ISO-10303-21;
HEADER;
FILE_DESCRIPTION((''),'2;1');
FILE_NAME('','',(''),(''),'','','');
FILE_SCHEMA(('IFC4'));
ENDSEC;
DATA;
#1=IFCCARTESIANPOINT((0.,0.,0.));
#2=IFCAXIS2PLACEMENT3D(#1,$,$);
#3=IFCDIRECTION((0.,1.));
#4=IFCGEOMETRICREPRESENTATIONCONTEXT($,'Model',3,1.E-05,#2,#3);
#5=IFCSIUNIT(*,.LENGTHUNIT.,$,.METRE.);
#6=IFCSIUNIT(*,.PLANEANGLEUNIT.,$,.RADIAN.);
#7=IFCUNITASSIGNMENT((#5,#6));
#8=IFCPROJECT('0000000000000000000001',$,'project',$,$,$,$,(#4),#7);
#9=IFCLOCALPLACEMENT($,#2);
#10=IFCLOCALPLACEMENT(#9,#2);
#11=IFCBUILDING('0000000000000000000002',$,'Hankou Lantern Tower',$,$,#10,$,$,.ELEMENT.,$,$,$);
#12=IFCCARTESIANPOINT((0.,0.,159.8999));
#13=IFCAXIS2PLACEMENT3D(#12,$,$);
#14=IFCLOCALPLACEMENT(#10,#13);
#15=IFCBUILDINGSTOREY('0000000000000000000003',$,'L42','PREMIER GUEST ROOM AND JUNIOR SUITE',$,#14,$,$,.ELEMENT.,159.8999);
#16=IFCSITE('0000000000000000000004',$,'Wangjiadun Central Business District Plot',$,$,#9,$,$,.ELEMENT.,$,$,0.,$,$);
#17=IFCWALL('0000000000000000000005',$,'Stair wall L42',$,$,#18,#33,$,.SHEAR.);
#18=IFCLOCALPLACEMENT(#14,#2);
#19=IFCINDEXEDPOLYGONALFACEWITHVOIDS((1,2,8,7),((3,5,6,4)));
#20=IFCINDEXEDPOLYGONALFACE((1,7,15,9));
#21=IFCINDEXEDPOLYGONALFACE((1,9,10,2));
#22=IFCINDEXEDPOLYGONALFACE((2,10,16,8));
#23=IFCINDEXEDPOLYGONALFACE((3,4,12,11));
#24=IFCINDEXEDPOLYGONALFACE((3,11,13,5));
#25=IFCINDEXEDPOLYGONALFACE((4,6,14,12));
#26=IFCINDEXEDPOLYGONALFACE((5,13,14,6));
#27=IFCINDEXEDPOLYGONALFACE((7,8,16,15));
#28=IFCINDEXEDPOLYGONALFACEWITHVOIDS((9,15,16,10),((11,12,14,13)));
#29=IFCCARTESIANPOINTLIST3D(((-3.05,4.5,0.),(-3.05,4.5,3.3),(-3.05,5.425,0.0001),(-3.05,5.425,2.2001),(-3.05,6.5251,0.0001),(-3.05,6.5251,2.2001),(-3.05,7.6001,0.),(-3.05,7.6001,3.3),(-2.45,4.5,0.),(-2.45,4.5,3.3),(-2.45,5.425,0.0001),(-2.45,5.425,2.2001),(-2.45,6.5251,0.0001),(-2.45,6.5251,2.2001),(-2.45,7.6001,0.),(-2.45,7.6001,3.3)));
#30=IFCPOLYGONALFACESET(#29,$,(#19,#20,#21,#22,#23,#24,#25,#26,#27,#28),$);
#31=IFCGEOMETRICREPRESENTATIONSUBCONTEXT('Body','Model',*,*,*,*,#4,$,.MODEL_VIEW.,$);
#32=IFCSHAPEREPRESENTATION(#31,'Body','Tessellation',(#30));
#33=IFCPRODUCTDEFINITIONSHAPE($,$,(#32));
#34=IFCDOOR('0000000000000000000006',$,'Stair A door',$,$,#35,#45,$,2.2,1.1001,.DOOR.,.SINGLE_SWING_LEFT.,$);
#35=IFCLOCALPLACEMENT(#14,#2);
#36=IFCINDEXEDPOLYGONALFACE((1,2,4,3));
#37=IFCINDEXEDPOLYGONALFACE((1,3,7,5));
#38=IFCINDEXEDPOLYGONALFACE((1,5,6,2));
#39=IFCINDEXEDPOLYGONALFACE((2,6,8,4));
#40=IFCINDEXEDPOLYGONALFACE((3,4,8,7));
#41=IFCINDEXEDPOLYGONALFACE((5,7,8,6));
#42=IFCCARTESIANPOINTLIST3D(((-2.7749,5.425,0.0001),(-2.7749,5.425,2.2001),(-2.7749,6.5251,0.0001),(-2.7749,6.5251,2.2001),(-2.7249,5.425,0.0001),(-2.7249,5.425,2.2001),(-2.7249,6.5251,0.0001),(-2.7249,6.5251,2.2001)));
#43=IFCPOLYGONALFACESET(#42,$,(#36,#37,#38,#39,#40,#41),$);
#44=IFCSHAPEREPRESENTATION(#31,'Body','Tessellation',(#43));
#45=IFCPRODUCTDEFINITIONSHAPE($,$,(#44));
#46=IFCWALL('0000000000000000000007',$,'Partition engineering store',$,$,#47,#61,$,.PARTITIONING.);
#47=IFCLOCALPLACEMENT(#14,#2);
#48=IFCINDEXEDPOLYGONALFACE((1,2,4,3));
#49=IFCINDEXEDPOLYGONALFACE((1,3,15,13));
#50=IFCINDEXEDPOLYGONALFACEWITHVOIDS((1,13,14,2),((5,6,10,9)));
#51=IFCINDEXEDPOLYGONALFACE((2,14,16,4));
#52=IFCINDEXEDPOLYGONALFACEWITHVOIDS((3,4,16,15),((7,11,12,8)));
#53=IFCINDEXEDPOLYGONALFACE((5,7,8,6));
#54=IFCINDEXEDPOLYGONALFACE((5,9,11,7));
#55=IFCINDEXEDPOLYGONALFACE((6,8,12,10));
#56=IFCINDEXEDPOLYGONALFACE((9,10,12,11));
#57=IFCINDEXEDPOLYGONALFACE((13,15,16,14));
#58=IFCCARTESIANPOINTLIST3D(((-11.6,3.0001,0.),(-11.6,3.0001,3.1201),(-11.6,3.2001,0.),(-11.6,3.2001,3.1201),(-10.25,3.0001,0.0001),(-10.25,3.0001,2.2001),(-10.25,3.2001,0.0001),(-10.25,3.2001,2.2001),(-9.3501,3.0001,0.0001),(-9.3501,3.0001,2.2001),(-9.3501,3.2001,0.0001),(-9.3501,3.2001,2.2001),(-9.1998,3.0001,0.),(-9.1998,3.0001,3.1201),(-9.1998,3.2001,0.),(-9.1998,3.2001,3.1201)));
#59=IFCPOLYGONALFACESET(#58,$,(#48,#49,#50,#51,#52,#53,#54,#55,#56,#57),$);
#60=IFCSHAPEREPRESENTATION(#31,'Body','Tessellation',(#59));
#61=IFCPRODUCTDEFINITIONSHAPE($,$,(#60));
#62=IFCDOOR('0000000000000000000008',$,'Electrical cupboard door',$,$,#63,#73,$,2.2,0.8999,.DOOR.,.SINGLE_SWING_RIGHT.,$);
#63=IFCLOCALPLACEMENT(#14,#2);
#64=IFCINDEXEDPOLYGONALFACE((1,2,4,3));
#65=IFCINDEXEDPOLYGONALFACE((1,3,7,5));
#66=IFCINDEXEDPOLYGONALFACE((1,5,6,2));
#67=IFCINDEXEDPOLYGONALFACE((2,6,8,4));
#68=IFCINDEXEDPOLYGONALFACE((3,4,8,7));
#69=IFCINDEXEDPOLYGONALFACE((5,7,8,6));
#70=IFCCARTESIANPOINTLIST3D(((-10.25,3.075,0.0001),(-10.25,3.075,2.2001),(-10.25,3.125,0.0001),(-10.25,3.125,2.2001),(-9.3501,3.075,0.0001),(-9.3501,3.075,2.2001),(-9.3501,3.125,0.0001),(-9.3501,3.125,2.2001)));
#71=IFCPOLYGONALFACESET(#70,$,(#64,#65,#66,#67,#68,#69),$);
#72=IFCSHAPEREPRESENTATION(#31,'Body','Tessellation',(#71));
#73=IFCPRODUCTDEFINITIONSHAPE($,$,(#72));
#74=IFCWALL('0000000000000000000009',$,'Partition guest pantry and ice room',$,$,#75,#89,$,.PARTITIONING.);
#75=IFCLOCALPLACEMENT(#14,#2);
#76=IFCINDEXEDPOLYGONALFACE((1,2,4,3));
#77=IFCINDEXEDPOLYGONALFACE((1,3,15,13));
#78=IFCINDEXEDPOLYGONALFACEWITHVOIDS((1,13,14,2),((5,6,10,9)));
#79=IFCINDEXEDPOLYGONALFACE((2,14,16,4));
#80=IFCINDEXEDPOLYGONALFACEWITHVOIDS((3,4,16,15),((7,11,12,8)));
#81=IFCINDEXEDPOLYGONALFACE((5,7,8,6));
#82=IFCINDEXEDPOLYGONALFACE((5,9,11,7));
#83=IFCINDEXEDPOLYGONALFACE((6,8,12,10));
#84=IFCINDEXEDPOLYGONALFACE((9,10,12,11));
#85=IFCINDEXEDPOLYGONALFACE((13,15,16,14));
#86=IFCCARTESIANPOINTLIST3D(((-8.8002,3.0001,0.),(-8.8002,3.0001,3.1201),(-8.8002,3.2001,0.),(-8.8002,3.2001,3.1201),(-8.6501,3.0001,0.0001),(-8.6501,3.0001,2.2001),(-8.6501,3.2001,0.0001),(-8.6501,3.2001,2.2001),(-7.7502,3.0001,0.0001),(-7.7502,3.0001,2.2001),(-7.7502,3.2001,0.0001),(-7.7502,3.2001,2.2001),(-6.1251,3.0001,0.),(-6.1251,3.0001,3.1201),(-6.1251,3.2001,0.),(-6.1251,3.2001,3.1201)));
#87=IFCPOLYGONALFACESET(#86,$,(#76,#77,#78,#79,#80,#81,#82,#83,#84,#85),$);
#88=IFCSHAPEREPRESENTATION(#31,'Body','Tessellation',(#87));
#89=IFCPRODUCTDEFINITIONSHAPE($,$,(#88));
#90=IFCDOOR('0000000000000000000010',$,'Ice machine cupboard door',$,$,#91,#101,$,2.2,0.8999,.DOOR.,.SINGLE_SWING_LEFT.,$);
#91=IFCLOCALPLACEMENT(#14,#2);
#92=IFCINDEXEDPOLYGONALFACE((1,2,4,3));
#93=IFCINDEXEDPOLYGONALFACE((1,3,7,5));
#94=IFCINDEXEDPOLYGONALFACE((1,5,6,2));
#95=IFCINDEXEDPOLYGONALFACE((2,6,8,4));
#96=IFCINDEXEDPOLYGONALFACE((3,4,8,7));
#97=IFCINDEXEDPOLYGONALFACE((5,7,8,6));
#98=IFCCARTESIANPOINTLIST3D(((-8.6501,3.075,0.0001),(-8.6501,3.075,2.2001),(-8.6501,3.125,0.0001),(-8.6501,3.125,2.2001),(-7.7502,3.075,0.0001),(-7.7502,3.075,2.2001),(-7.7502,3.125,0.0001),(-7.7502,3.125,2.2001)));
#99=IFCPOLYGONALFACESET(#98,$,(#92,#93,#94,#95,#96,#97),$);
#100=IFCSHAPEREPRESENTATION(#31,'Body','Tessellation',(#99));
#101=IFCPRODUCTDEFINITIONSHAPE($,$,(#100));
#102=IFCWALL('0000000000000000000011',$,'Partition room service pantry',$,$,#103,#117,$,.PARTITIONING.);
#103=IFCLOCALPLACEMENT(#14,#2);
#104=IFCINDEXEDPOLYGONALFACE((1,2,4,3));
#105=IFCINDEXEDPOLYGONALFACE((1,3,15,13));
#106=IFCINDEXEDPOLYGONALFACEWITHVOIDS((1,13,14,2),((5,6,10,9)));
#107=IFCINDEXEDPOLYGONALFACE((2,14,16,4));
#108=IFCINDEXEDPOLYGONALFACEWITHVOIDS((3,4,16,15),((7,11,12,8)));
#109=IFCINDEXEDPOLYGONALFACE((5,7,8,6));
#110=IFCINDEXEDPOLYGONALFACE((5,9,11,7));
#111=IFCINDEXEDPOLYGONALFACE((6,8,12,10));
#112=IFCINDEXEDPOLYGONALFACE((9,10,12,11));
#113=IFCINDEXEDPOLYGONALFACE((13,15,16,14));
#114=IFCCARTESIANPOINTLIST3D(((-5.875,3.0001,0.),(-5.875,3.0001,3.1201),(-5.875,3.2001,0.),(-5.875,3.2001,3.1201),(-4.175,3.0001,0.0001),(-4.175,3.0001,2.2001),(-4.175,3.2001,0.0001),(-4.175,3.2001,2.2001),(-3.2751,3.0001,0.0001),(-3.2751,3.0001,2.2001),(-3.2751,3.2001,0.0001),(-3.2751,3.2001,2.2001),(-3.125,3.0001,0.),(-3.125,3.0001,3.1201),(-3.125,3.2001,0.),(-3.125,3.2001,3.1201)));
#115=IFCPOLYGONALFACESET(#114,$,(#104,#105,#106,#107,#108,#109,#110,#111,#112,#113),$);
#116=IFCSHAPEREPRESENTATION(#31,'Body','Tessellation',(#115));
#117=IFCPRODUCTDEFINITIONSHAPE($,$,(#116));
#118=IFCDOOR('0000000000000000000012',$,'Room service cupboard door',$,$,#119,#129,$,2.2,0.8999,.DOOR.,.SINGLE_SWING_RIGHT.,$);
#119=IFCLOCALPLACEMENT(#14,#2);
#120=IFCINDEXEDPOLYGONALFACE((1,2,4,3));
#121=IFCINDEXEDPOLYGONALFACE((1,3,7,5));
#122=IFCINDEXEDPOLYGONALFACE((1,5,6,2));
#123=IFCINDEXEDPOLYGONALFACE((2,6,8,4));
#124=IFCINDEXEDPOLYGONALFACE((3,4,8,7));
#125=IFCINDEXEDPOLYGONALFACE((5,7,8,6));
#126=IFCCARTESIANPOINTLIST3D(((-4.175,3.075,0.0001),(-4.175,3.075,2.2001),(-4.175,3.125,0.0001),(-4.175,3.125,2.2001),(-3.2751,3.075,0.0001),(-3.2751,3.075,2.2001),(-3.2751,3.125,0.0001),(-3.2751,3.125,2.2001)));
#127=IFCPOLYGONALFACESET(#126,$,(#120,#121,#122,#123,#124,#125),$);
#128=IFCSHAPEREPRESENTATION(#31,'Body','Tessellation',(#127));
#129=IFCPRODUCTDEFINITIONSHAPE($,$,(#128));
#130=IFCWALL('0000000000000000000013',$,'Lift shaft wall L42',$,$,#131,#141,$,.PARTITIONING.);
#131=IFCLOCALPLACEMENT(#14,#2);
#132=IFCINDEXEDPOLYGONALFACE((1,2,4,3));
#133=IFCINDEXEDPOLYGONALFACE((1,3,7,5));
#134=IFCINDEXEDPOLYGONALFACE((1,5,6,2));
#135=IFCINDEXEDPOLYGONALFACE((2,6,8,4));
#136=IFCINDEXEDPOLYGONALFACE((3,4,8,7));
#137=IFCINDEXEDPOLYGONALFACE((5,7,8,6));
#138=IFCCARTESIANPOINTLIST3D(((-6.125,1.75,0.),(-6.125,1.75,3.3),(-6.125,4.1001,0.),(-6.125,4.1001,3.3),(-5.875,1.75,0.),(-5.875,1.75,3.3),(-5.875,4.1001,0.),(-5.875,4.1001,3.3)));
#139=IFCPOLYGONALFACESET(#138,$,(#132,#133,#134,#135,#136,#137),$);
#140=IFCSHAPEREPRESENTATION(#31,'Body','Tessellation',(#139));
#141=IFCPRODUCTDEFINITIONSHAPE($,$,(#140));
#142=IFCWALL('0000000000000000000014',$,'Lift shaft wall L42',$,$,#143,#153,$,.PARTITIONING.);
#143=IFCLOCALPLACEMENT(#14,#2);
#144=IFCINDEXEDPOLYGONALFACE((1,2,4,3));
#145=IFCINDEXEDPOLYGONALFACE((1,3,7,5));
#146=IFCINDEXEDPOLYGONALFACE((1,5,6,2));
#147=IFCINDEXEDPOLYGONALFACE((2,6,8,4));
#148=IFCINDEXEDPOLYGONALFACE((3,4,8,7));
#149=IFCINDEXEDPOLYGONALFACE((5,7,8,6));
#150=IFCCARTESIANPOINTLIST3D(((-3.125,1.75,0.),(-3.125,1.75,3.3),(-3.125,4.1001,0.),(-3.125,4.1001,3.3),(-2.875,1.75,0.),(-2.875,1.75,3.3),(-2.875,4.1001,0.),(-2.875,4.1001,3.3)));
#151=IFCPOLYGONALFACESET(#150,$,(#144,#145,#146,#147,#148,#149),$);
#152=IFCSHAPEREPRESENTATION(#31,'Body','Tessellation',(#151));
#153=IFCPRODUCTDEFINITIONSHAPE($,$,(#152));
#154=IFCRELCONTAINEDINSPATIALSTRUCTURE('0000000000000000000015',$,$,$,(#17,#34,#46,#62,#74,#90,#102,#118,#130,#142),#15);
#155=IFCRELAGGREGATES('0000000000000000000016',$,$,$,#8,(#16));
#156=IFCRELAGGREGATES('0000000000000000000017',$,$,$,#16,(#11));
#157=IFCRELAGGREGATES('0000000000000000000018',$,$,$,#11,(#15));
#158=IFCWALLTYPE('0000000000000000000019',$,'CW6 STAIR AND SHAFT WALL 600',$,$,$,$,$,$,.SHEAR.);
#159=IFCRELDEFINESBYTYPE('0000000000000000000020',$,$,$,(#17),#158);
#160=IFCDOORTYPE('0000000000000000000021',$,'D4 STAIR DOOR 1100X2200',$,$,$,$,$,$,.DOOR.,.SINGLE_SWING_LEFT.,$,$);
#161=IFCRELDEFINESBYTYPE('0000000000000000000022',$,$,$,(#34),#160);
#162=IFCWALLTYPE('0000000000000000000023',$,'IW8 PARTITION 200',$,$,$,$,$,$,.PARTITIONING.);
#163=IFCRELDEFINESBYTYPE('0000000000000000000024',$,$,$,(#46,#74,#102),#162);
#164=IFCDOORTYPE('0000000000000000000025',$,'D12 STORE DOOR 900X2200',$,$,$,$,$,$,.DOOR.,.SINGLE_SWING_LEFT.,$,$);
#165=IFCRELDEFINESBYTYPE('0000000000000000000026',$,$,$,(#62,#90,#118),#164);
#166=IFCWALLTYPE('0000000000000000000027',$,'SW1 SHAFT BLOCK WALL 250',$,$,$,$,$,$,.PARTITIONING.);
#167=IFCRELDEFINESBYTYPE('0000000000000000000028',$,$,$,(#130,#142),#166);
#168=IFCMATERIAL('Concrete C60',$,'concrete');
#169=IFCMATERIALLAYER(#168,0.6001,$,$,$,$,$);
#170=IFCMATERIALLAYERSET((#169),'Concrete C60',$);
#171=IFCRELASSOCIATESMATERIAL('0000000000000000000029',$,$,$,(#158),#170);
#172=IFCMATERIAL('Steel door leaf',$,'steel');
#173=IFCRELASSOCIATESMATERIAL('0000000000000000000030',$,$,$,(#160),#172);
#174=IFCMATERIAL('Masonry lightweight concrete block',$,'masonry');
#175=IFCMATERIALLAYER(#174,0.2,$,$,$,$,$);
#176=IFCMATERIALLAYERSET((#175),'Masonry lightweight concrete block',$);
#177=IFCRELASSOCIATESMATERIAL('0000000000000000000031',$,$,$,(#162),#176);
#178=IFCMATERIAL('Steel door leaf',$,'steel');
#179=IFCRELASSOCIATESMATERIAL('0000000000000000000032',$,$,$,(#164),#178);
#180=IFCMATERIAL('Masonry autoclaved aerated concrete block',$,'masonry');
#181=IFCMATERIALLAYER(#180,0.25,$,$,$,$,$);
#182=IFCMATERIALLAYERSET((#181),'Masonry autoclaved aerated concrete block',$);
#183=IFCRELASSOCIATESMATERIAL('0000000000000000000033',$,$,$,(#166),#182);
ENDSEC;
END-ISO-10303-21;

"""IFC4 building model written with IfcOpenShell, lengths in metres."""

from ifc_helpers import new_model, si_unit, direction, frame, frame_2d, origin, place, context, subcontext, project, spatial, rectangle, extrude, material, layer, layer_set, type_object, element, fill, save


model = new_model("IFC4")

# Units and contexts
model_context = context("Model", 3, precision=1e-05, world=origin(), true_north=direction((0.0, 1.0)))
body_context = subcontext(model_context, "Body", "Model", "MODEL_VIEW")
ifc_project = project(units=[si_unit("LENGTHUNIT", "METRE"), si_unit("PLANEANGLEUNIT", "RADIAN")], contexts=[model_context])

# Site, building, storey
site_placement = place(None, origin())
site = spatial("IfcSite", under=ifc_project, at=site_placement, Name="Wangjiadun Central Business District Plot", CompositionType="ELEMENT", RefElevation=0.0)
building_placement = place(site_placement, origin())
building = spatial("IfcBuilding", under=site, at=building_placement, Name="Hankou Lantern Tower", CompositionType="ELEMENT")
storey_placement = place(building_placement, frame((0.0, 0.0, 159.8999)))
storey = spatial("IfcBuildingStorey", under=building, at=storey_placement, Name="L42", Description="PREMIER GUEST ROOM AND JUNIOR SUITE", CompositionType="ELEMENT", Elevation=159.8999)

# Walls, openings, doors
ifc_material_1 = material(Name="Concrete C60", Category="concrete")
ifc_layer_1 = layer(ifc_material_1, 0.6001)
ifc_layer_set_1 = layer_set([ifc_layer_1], Name="Concrete C60")
wall_type_1 = type_object("IfcWallType", Name="CW6 STAIR AND SHAFT WALL 600", PredefinedType="SHEAR", material=ifc_layer_set_1)
wall_1_placement = place(storey_placement, frame((-2.75, 4.5, 0.0), z_axis=(0.0, 0.0, 1.0), x_axis=(0.0, 1.0, 0.0)))
wall_1 = element("IfcWall", 1, at=wall_1_placement, inside=storey, type_object=wall_type_1, Name="Stair wall L42", PredefinedType="SHEAR", context=body_context, shape_type="SweptSolid", body=[
    extrude(rectangle(XDim=3.1001, YDim=0.6001, at=frame_2d((1.55, 0.0))), origin(), (0.0, 0.0, 1.0), 3.3),
])
opening_1_placement = place(wall_1_placement, frame((0.925, 0.0, 0.0)))
opening_1 = element("IfcOpeningElement", 2, at=opening_1_placement, cuts=wall_1, PredefinedType="OPENING", context=body_context, shape_type="SweptSolid", body=[
    extrude(rectangle(XDim=1.1001, YDim=2.2, at=frame_2d((0.55, 1.1001))), frame((0.0, 0.3101, 0.0), z_axis=(0.0, -1.0, 0.0), x_axis=(1.0, 0.0, 0.0)), (0.0, 0.0, 1.0), 0.6201),
])
ifc_material_2 = material(Name="Steel door leaf", Category="steel")
door_type_1 = type_object("IfcDoorType", Name="D4 STAIR DOOR 1100X2200", OperationType="SINGLE_SWING_LEFT", PredefinedType="DOOR", material=ifc_material_2)
door_1_placement = place(opening_1_placement, origin())
door_1 = element("IfcDoor", 3, at=door_1_placement, inside=storey, type_object=door_type_1, Name="Stair A door", OperationType="SINGLE_SWING_LEFT", OverallHeight=2.2, OverallWidth=1.1001, PredefinedType="DOOR", context=body_context, shape_type="SweptSolid", body=[
    extrude(rectangle(XDim=1.1001, YDim=2.2, at=frame_2d((0.55, 1.1001))), frame((0.0, 0.0249, 0.0), z_axis=(0.0, -1.0, 0.0), x_axis=(1.0, 0.0, 0.0)), (0.0, 0.0, 1.0), 0.05),
])
fill(opening_1, door_1)
ifc_material_3 = material(Name="Masonry lightweight concrete block", Category="masonry")
ifc_layer_2 = layer(ifc_material_3, 0.2)
ifc_layer_set_2 = layer_set([ifc_layer_2], Name="Masonry lightweight concrete block")
wall_type_2 = type_object("IfcWallType", Name="IW8 PARTITION 200", PredefinedType="PARTITIONING", material=ifc_layer_set_2)
wall_2_placement = place(storey_placement, frame((-11.6001, 3.1001, 0.0), z_axis=(0.0, 0.0, 1.0), x_axis=(1.0, 0.0, 0.0)))
wall_2 = element("IfcWall", 4, at=wall_2_placement, inside=storey, type_object=wall_type_2, Name="Partition engineering store", PredefinedType="PARTITIONING", context=body_context, shape_type="SweptSolid", body=[
    extrude(rectangle(XDim=2.4001, YDim=0.2, at=frame_2d((1.2002, 0.0))), origin(), (0.0, 0.0, 1.0), 3.1201),
])
opening_2_placement = place(wall_2_placement, frame((1.3501, 0.0, 0.0)))
opening_2 = element("IfcOpeningElement", 5, at=opening_2_placement, cuts=wall_2, PredefinedType="OPENING", context=body_context, shape_type="SweptSolid", body=[
    extrude(rectangle(XDim=0.8999, YDim=2.2, at=frame_2d((0.45, 1.1001))), frame((0.0, 0.1099, 0.0), z_axis=(0.0, -1.0, 0.0), x_axis=(1.0, 0.0, 0.0)), (0.0, 0.0, 1.0), 0.22),
])
ifc_material_4 = material(Name="Steel door leaf", Category="steel")
door_type_2 = type_object("IfcDoorType", Name="D12 STORE DOOR 900X2200", OperationType="SINGLE_SWING_LEFT", PredefinedType="DOOR", material=ifc_material_4)
door_2_placement = place(opening_2_placement, origin())
door_2 = element("IfcDoor", 6, at=door_2_placement, inside=storey, type_object=door_type_2, Name="Electrical cupboard door", OperationType="SINGLE_SWING_RIGHT", OverallHeight=2.2, OverallWidth=0.8999, PredefinedType="DOOR", context=body_context, shape_type="SweptSolid", body=[
    extrude(rectangle(XDim=0.8999, YDim=2.2, at=frame_2d((0.45, 1.1001))), frame((0.0, 0.0249, 0.0), z_axis=(0.0, -1.0, 0.0), x_axis=(1.0, 0.0, 0.0)), (0.0, 0.0, 1.0), 0.05),
])
fill(opening_2, door_2)
wall_3_placement = place(storey_placement, frame((-8.8, 3.1001, 0.0), z_axis=(0.0, 0.0, 1.0), x_axis=(1.0, 0.0, 0.0)))
wall_3 = element("IfcWall", 7, at=wall_3_placement, inside=storey, type_object=wall_type_2, Name="Partition guest pantry and ice room", PredefinedType="PARTITIONING", context=body_context, shape_type="SweptSolid", body=[
    extrude(rectangle(XDim=2.675, YDim=0.2, at=frame_2d((1.3374, 0.0))), origin(), (0.0, 0.0, 1.0), 3.1201),
])
opening_3_placement = place(wall_3_placement, frame((0.1499, 0.0, 0.0)))
opening_3 = element("IfcOpeningElement", 8, at=opening_3_placement, cuts=wall_3, PredefinedType="OPENING", context=body_context, shape_type="SweptSolid", body=[
    extrude(rectangle(XDim=0.8999, YDim=2.2, at=frame_2d((0.45, 1.1001))), frame((0.0, 0.1099, 0.0), z_axis=(0.0, -1.0, 0.0), x_axis=(1.0, 0.0, 0.0)), (0.0, 0.0, 1.0), 0.22),
])
door_3_placement = place(opening_3_placement, origin())
door_3 = element("IfcDoor", 9, at=door_3_placement, inside=storey, type_object=door_type_2, Name="Ice machine cupboard door", OperationType="SINGLE_SWING_LEFT", OverallHeight=2.2, OverallWidth=0.8999, PredefinedType="DOOR", context=body_context, shape_type="SweptSolid", body=[
    extrude(rectangle(XDim=0.8999, YDim=2.2, at=frame_2d((0.45, 1.1001))), frame((0.0, 0.0249, 0.0), z_axis=(0.0, -1.0, 0.0), x_axis=(1.0, 0.0, 0.0)), (0.0, 0.0, 1.0), 0.05),
])
fill(opening_3, door_3)
wall_4_placement = place(storey_placement, frame((-5.875, 3.1001, 0.0), z_axis=(0.0, 0.0, 1.0), x_axis=(1.0, 0.0, 0.0)))
wall_4 = element("IfcWall", 10, at=wall_4_placement, inside=storey, type_object=wall_type_2, Name="Partition room service pantry", PredefinedType="PARTITIONING", context=body_context, shape_type="SweptSolid", body=[
    extrude(rectangle(XDim=2.75, YDim=0.2, at=frame_2d((1.375, 0.0))), origin(), (0.0, 0.0, 1.0), 3.1201),
])
opening_4_placement = place(wall_4_placement, frame((1.7, 0.0, 0.0)))
opening_4 = element("IfcOpeningElement", 11, at=opening_4_placement, cuts=wall_4, PredefinedType="OPENING", context=body_context, shape_type="SweptSolid", body=[
    extrude(rectangle(XDim=0.8999, YDim=2.2, at=frame_2d((0.45, 1.1001))), frame((0.0, 0.1099, 0.0), z_axis=(0.0, -1.0, 0.0), x_axis=(1.0, 0.0, 0.0)), (0.0, 0.0, 1.0), 0.22),
])
door_4_placement = place(opening_4_placement, origin())
door_4 = element("IfcDoor", 12, at=door_4_placement, inside=storey, type_object=door_type_2, Name="Room service cupboard door", OperationType="SINGLE_SWING_RIGHT", OverallHeight=2.2, OverallWidth=0.8999, PredefinedType="DOOR", context=body_context, shape_type="SweptSolid", body=[
    extrude(rectangle(XDim=0.8999, YDim=2.2, at=frame_2d((0.45, 1.1001))), frame((0.0, 0.0249, 0.0), z_axis=(0.0, -1.0, 0.0), x_axis=(1.0, 0.0, 0.0)), (0.0, 0.0, 1.0), 0.05),
])
fill(opening_4, door_4)

# Walls
ifc_material_5 = material(Name="Masonry autoclaved aerated concrete block", Category="masonry")
ifc_layer_3 = layer(ifc_material_5, 0.25)
ifc_layer_set_3 = layer_set([ifc_layer_3], Name="Masonry autoclaved aerated concrete block")
wall_type_3 = type_object("IfcWallType", Name="SW1 SHAFT BLOCK WALL 250", PredefinedType="PARTITIONING", material=ifc_layer_set_3)
for number, where, z_axis, x_axis, name in (
    (13, (-6.0, 1.75, 0.0), (0.0, 0.0, 1.0), (0.0, 1.0, 0.0), "Lift shaft wall L42"),
    (14, (-3.0, 1.75, 0.0), (0.0, 0.0, 1.0), (0.0, 1.0, 0.0), "Lift shaft wall L42"),
):
    element("IfcWall", number, at=place(storey_placement, frame(where, z_axis=z_axis, x_axis=x_axis)), inside=storey, type_object=wall_type_3, Name=name, PredefinedType="PARTITIONING", context=body_context, shape_type="SweptSolid", body=[
        extrude(rectangle(XDim=2.3501, YDim=0.25, at=frame_2d((1.175, 0.0))), origin(), (0.0, 0.0, 1.0), 3.3),
    ])

save(model, "model.ifc")
